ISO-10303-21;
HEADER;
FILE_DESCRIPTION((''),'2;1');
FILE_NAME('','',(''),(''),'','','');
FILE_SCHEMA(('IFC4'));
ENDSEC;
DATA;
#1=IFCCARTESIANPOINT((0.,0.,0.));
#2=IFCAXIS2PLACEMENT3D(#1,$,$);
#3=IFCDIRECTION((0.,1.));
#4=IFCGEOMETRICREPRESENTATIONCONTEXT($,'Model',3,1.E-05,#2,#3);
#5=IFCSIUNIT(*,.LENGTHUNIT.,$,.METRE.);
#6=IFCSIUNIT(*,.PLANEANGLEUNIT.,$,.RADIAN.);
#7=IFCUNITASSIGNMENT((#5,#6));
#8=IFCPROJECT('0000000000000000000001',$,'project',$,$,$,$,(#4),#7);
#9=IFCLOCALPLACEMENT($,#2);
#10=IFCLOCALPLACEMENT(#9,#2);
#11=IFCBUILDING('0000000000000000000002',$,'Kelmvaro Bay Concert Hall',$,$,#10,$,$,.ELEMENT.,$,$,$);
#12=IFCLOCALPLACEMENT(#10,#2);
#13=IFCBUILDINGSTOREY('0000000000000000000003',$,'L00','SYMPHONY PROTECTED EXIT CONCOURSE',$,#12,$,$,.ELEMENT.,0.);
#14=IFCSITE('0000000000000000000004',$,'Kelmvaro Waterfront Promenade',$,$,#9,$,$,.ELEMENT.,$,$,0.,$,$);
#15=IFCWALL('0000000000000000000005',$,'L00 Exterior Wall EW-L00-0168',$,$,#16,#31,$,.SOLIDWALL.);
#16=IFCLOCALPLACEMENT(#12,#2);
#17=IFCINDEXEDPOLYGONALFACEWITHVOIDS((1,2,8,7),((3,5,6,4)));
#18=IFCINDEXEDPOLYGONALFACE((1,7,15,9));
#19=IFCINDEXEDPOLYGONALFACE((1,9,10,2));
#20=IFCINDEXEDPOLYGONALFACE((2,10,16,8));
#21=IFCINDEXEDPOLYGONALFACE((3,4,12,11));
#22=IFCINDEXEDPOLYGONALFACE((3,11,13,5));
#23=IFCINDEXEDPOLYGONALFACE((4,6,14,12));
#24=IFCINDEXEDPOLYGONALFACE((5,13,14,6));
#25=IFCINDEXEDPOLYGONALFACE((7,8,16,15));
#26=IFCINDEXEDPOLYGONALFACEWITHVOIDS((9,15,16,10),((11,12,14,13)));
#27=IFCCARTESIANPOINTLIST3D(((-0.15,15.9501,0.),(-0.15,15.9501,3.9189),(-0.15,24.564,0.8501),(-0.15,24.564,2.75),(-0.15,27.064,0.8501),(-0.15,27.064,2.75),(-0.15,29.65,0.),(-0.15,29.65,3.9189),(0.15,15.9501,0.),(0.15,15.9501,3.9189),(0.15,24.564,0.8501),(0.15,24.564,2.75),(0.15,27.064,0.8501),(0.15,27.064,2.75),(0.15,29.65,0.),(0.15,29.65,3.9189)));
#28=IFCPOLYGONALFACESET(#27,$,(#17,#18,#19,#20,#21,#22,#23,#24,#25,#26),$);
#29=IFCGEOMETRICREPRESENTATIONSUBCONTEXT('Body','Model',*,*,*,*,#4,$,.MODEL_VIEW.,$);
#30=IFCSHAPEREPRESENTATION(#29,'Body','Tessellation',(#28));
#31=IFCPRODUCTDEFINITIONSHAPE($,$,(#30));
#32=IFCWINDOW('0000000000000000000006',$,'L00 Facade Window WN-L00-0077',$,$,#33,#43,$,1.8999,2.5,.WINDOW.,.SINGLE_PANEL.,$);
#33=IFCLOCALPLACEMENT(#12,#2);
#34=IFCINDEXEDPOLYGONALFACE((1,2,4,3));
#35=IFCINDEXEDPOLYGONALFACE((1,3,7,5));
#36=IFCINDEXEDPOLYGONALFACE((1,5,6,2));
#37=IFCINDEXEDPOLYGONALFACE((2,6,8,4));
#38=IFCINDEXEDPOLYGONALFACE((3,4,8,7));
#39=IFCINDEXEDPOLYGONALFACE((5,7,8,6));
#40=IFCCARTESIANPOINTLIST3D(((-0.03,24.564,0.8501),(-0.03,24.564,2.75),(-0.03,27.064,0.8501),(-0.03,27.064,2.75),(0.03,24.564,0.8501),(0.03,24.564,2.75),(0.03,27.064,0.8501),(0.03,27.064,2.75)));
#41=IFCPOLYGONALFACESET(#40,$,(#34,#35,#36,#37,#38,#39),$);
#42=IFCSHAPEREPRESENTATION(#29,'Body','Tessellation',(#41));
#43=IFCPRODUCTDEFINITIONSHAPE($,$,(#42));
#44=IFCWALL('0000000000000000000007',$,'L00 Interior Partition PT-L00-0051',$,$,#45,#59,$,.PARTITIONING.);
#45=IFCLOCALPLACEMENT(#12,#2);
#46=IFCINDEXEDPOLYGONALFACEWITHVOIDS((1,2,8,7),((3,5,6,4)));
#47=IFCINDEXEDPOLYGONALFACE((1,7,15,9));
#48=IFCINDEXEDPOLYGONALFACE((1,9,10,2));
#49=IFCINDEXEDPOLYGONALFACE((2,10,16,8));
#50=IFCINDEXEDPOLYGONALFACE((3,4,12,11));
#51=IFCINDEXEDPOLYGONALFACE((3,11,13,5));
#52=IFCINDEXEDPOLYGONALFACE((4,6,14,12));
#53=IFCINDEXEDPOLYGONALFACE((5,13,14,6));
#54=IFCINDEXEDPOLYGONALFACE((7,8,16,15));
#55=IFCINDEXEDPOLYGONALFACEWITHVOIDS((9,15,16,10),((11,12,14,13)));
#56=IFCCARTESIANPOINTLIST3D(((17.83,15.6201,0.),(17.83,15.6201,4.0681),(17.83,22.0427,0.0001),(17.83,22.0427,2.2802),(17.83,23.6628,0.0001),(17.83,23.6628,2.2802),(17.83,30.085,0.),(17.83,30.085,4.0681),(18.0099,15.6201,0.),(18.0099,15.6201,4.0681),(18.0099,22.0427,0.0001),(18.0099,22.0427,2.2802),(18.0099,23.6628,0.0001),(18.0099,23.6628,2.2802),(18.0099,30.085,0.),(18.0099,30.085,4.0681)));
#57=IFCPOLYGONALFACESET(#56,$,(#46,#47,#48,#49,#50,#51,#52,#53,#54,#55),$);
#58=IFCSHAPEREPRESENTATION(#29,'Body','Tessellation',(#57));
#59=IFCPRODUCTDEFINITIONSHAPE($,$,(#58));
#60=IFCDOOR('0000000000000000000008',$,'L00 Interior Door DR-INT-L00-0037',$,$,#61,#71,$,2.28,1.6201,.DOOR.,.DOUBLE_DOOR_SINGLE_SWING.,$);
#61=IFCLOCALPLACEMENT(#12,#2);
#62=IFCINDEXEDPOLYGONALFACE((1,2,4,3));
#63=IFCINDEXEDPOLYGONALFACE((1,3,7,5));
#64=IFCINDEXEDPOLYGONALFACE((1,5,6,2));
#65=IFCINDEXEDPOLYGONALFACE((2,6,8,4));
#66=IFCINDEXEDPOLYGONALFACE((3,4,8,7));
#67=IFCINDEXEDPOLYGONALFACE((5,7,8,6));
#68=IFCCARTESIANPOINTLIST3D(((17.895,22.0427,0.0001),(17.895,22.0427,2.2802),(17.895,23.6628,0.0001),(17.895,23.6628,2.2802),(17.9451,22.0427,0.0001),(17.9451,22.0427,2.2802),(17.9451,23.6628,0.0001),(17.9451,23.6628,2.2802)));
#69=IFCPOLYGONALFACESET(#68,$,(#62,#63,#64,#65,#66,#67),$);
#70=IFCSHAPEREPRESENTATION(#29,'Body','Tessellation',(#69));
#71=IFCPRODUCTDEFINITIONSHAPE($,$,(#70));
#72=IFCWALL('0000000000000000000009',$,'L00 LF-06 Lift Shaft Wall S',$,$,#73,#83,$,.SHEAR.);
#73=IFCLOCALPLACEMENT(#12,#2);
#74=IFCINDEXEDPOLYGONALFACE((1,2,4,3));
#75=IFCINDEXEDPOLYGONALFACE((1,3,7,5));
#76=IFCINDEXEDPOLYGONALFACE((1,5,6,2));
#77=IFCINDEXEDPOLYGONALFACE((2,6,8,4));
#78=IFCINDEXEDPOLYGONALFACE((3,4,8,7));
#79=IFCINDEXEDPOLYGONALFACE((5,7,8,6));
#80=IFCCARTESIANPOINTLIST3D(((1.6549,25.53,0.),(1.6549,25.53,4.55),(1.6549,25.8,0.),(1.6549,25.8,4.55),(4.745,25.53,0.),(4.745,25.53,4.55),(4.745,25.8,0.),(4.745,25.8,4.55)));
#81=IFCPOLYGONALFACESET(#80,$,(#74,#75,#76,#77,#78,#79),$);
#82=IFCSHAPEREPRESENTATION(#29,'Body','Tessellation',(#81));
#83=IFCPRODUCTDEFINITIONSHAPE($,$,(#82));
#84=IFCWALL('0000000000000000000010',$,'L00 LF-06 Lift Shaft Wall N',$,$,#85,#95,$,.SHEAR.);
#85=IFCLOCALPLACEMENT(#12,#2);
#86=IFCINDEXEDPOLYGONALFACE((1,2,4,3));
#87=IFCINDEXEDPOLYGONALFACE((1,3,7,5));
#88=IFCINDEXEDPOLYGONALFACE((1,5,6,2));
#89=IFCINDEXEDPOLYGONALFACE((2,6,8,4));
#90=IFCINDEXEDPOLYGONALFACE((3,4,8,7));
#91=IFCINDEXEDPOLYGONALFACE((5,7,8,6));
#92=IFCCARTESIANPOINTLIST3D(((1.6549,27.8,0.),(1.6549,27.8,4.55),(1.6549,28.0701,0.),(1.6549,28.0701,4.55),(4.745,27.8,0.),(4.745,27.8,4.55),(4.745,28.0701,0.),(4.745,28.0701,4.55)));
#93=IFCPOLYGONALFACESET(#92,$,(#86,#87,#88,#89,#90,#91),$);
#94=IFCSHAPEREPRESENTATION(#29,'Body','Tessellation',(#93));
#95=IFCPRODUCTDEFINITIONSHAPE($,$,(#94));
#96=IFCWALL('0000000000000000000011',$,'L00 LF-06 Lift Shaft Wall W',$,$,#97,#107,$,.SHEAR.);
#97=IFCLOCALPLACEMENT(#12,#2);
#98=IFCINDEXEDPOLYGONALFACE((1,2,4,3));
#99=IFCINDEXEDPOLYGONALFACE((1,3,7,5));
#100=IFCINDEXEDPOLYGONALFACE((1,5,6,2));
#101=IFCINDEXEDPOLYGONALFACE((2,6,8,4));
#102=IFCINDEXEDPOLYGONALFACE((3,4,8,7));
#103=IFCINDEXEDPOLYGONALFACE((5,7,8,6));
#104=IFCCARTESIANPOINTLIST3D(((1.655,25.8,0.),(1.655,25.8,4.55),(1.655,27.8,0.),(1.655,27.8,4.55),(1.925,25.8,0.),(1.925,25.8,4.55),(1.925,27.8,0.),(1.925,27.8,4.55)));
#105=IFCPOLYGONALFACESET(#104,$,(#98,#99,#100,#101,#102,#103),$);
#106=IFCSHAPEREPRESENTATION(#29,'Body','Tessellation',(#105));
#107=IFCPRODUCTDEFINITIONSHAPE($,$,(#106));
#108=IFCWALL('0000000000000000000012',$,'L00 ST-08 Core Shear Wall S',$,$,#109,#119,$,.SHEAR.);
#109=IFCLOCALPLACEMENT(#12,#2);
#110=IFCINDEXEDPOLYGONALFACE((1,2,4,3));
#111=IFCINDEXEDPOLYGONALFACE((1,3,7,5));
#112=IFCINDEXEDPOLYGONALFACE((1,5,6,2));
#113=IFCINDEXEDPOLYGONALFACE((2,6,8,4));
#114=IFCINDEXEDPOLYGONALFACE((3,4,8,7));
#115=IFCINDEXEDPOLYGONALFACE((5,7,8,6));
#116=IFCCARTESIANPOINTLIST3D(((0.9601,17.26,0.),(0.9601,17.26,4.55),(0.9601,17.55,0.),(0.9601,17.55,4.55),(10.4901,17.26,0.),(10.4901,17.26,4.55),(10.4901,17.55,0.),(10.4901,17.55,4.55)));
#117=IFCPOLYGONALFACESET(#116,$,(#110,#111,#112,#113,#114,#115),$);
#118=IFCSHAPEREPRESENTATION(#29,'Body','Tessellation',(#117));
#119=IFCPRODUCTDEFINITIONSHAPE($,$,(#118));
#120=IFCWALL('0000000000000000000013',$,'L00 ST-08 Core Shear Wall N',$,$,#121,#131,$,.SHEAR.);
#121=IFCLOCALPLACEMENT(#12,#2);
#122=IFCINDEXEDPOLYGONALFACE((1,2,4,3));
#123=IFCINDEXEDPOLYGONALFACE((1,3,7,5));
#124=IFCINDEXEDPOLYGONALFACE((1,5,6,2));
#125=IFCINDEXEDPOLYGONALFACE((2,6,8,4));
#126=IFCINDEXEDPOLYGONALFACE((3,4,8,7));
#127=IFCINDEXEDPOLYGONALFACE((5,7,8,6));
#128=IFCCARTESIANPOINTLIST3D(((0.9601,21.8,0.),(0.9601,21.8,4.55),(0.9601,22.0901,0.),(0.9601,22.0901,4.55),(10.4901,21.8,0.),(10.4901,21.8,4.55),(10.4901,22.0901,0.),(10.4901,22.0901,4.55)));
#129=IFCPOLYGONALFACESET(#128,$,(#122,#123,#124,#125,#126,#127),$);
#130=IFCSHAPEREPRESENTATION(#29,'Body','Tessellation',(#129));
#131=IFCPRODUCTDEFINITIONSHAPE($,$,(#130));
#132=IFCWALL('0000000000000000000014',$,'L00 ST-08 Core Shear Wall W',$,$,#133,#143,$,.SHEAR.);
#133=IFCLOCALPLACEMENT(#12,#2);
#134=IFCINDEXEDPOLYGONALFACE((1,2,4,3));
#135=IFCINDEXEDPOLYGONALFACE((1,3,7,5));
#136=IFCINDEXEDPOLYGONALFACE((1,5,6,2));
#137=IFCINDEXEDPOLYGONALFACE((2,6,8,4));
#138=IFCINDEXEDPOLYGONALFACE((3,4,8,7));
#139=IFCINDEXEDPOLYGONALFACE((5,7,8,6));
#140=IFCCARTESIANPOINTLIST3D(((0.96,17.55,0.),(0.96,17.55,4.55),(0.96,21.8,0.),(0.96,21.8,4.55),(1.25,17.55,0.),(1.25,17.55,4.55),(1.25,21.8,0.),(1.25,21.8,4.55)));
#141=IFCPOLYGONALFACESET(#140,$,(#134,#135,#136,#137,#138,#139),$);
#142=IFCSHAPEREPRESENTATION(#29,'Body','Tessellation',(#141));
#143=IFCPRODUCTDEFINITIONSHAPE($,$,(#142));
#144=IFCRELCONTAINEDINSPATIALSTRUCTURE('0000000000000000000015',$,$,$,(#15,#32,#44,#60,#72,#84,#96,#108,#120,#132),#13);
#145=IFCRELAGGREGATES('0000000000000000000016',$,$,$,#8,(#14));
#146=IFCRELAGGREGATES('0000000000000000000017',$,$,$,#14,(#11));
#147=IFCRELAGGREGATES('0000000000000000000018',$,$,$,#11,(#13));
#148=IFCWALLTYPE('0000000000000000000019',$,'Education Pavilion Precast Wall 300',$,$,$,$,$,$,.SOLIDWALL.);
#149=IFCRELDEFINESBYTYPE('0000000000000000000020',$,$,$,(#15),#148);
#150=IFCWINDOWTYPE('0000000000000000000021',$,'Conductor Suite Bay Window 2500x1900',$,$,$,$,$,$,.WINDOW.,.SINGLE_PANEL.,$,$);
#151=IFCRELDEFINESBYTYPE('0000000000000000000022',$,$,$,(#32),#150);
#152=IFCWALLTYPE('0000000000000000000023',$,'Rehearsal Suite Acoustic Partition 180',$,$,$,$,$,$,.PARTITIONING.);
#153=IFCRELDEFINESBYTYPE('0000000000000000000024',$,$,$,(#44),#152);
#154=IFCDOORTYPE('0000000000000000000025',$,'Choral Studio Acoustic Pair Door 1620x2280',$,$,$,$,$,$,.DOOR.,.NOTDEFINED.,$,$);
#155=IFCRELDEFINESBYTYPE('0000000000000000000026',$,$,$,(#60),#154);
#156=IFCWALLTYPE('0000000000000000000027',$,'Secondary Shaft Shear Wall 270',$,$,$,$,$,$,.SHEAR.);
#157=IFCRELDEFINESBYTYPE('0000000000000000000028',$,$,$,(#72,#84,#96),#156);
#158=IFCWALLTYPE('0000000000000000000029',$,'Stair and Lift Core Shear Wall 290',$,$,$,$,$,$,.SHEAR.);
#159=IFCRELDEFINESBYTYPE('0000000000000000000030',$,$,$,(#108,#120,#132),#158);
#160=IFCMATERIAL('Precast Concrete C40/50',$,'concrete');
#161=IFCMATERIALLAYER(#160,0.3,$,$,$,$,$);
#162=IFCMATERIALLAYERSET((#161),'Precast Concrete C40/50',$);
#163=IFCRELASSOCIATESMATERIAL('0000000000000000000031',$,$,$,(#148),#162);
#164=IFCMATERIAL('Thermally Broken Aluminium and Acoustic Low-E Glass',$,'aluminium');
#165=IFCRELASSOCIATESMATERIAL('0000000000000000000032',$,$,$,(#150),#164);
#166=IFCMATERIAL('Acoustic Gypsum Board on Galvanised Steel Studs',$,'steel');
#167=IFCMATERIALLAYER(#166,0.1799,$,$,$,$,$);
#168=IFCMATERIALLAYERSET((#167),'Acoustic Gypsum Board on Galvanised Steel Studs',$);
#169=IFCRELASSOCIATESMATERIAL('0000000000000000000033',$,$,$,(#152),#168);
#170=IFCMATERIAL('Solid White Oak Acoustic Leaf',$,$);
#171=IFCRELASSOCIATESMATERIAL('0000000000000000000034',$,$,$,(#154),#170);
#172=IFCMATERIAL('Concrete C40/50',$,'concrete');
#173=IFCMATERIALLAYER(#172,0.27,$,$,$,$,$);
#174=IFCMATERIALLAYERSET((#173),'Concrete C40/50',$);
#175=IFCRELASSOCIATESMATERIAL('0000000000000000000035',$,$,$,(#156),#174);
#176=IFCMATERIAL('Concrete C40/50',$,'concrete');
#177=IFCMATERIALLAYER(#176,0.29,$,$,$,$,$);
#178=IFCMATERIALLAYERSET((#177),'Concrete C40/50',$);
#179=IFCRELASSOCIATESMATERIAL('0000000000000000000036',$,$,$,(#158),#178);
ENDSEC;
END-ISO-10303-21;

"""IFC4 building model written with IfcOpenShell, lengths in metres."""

from ifc_helpers import new_model, si_unit, direction, frame, frame_2d, origin, place, context, subcontext, project, spatial, rectangle, extrude, material, layer, layer_set, type_object, element, fill, save


model = new_model("IFC4")

# Units and contexts
model_context = context("Model", 3, precision=1e-05, world=origin(), true_north=direction((0.0, 1.0)))
body_context = subcontext(model_context, "Body", "Model", "MODEL_VIEW")
ifc_project = project(units=[si_unit("LENGTHUNIT", "METRE"), si_unit("PLANEANGLEUNIT", "RADIAN")], contexts=[model_context])

# Site, building, storey
site_placement = place(None, origin())
site = spatial("IfcSite", under=ifc_project, at=site_placement, Name="Kelmvaro Waterfront Promenade", CompositionType="ELEMENT", RefElevation=0.0)
building_placement = place(site_placement, origin())
building = spatial("IfcBuilding", under=site, at=building_placement, Name="Kelmvaro Bay Concert Hall", CompositionType="ELEMENT")
storey_placement = place(building_placement, origin())
storey = spatial("IfcBuildingStorey", under=building, at=storey_placement, Name="L00", Description="SYMPHONY PROTECTED EXIT CONCOURSE", CompositionType="ELEMENT", Elevation=0.0)

# Wall, opening, window
ifc_material_1 = material(Name="Precast Concrete C40/50", Category="concrete")
ifc_layer_1 = layer(ifc_material_1, 0.3)
ifc_layer_set_1 = layer_set([ifc_layer_1], Name="Precast Concrete C40/50")
wall_type_1 = type_object("IfcWallType", Name="Education Pavilion Precast Wall 300", PredefinedType="SOLIDWALL", material=ifc_layer_set_1)
wall_1_placement = place(storey_placement, frame((0.0, 15.95, 0.0), z_axis=(0.0, 0.0, 1.0), x_axis=(0.0, 1.0, 0.0)))
wall_1 = element("IfcWall", 1, at=wall_1_placement, inside=storey, type_object=wall_type_1, Name="L00 Exterior Wall EW-L00-0168", PredefinedType="SOLIDWALL", context=body_context, shape_type="SweptSolid", body=[
    extrude(rectangle(XDim=13.7, YDim=0.3, at=frame_2d((6.8501, 0.0))), origin(), (0.0, 0.0, 1.0), 3.9189),
])
opening_1_placement = place(wall_1_placement, frame((8.614, 0.0, 0.8501)))
opening_1 = element("IfcOpeningElement", 2, at=opening_1_placement, cuts=wall_1, PredefinedType="OPENING", context=body_context, shape_type="SweptSolid", body=[
    extrude(rectangle(XDim=2.5, YDim=1.8999, at=frame_2d((1.25, 0.95))), frame((0.0, 0.1599, 0.0), z_axis=(0.0, -1.0, 0.0), x_axis=(1.0, 0.0, 0.0)), (0.0, 0.0, 1.0), 0.3201),
])
ifc_material_2 = material(Name="Thermally Broken Aluminium and Acoustic Low-E Glass", Category="aluminium")
window_type = type_object("IfcWindowType", Name="Conductor Suite Bay Window 2500x1900", PartitioningType="SINGLE_PANEL", PredefinedType="WINDOW", material=ifc_material_2)
window_placement = place(opening_1_placement, origin())
window = element("IfcWindow", 3, at=window_placement, inside=storey, type_object=window_type, Name="L00 Facade Window WN-L00-0077", OverallHeight=1.8999, OverallWidth=2.5, PartitioningType="SINGLE_PANEL", PredefinedType="WINDOW", context=body_context, shape_type="SweptSolid", body=[
    extrude(rectangle(XDim=2.5, YDim=1.8999, at=frame_2d((1.25, 0.95))), frame((0.0, 0.03, 0.0), z_axis=(0.0, -1.0, 0.0), x_axis=(1.0, 0.0, 0.0)), (0.0, 0.0, 1.0), 0.0601),
])
fill(opening_1, window)

# Wall, opening, door
ifc_material_3 = material(Name="Acoustic Gypsum Board on Galvanised Steel Studs", Category="steel")
ifc_layer_2 = layer(ifc_material_3, 0.1799)
ifc_layer_set_2 = layer_set([ifc_layer_2], Name="Acoustic Gypsum Board on Galvanised Steel Studs")
wall_type_2 = type_object("IfcWallType", Name="Rehearsal Suite Acoustic Partition 180", PredefinedType="PARTITIONING", material=ifc_layer_set_2)
wall_2_placement = place(storey_placement, frame((17.9199, 15.6201, 0.0), z_axis=(0.0, 0.0, 1.0), x_axis=(0.0, 1.0, 0.0)))
wall_2 = element("IfcWall", 4, at=wall_2_placement, inside=storey, type_object=wall_type_2, Name="L00 Interior Partition PT-L00-0051", PredefinedType="PARTITIONING", context=body_context, shape_type="SweptSolid", body=[
    extrude(rectangle(XDim=14.4648, YDim=0.1799, at=frame_2d((7.2324, 0.0))), origin(), (0.0, 0.0, 1.0), 4.0681),
])
opening_2_placement = place(wall_2_placement, frame((6.4226, 0.0, 0.0)))
opening_2 = element("IfcOpeningElement", 5, at=opening_2_placement, cuts=wall_2, PredefinedType="OPENING", context=body_context, shape_type="SweptSolid", body=[
    extrude(rectangle(XDim=1.6201, YDim=2.28, at=frame_2d((0.8101, 1.1401))), frame((0.0, 0.0999, 0.0), z_axis=(0.0, -1.0, 0.0), x_axis=(1.0, 0.0, 0.0)), (0.0, 0.0, 1.0), 0.2),
])
ifc_material_4 = material(Name="Solid White Oak Acoustic Leaf")
door_type_1 = type_object("IfcDoorType", Name="Choral Studio Acoustic Pair Door 1620x2280", OperationType="NOTDEFINED", PredefinedType="DOOR", material=ifc_material_4)
door_1_placement = place(opening_2_placement, origin())
door_1 = element("IfcDoor", 6, at=door_1_placement, inside=storey, type_object=door_type_1, Name="L00 Interior Door DR-INT-L00-0037", OperationType="DOUBLE_DOOR_SINGLE_SWING", OverallHeight=2.28, OverallWidth=1.6201, PredefinedType="DOOR", context=body_context, shape_type="SweptSolid", body=[
    extrude(rectangle(XDim=1.6201, YDim=2.28, at=frame_2d((0.8101, 1.1401))), frame((0.0, 0.0249, 0.0), z_axis=(0.0, -1.0, 0.0), x_axis=(1.0, 0.0, 0.0)), (0.0, 0.0, 1.0), 0.05),
])
fill(opening_2, door_1)

# Walls
ifc_material_5 = material(Name="Concrete C40/50", Category="concrete")
ifc_layer_3 = layer(ifc_material_5, 0.27)
ifc_layer_set_3 = layer_set([ifc_layer_3], Name="Concrete C40/50")
wall_type_3 = type_object("IfcWallType", Name="Secondary Shaft Shear Wall 270", PredefinedType="SHEAR", material=ifc_layer_set_3)
for number, where, z_axis, x_axis, name in (
    (7, (1.655, 25.665, 0.0), (0.0, 0.0, 1.0), (1.0, 0.0, 0.0), "L00 LF-06 Lift Shaft Wall S"),
    (8, (1.655, 27.9351, 0.0), (0.0, 0.0, 1.0), (1.0, 0.0, 0.0), "L00 LF-06 Lift Shaft Wall N"),
):
    element("IfcWall", number, at=place(storey_placement, frame(where, z_axis=z_axis, x_axis=x_axis)), inside=storey, type_object=wall_type_3, Name=name, PredefinedType="SHEAR", context=body_context, shape_type="SweptSolid", body=[
        extrude(rectangle(XDim=3.0901, YDim=0.27, at=frame_2d((1.5449, 0.0))), origin(), (0.0, 0.0, 1.0), 4.55),
    ])
wall_3_placement = place(storey_placement, frame((1.79, 25.8, 0.0), z_axis=(0.0, 0.0, 1.0), x_axis=(0.0, 1.0, 0.0)))
element("IfcWall", 9, at=wall_3_placement, inside=storey, type_object=wall_type_3, Name="L00 LF-06 Lift Shaft Wall W", PredefinedType="SHEAR", context=body_context, shape_type="SweptSolid", body=[
    extrude(rectangle(XDim=2.0, YDim=0.27, at=frame_2d((1.0, 0.0))), origin(), (0.0, 0.0, 1.0), 4.55),
])

# Walls
ifc_material_6 = material(Name="Concrete C40/50", Category="concrete")
ifc_layer_4 = layer(ifc_material_6, 0.29)
ifc_layer_set_4 = layer_set([ifc_layer_4], Name="Concrete C40/50")
wall_type_4 = type_object("IfcWallType", Name="Stair and Lift Core Shear Wall 290", PredefinedType="SHEAR", material=ifc_layer_set_4)
for number, where, z_axis, x_axis, name in (
    (10, (0.96, 17.405, 0.0), (0.0, 0.0, 1.0), (1.0, 0.0, 0.0), "L00 ST-08 Core Shear Wall S"),
    (11, (0.96, 21.9451, 0.0), (0.0, 0.0, 1.0), (1.0, 0.0, 0.0), "L00 ST-08 Core Shear Wall N"),
):
    element("IfcWall", number, at=place(storey_placement, frame(where, z_axis=z_axis, x_axis=x_axis)), inside=storey, type_object=wall_type_4, Name=name, PredefinedType="SHEAR", context=body_context, shape_type="SweptSolid", body=[
        extrude(rectangle(XDim=9.53, YDim=0.29, at=frame_2d((4.7651, 0.0))), origin(), (0.0, 0.0, 1.0), 4.55),
    ])
wall_4_placement = place(storey_placement, frame((1.105, 17.55, 0.0), z_axis=(0.0, 0.0, 1.0), x_axis=(0.0, 1.0, 0.0)))
element("IfcWall", 12, at=wall_4_placement, inside=storey, type_object=wall_type_4, Name="L00 ST-08 Core Shear Wall W", PredefinedType="SHEAR", context=body_context, shape_type="SweptSolid", body=[
    extrude(rectangle(XDim=4.25, YDim=0.29, at=frame_2d((2.125, 0.0))), origin(), (0.0, 0.0, 1.0), 4.55),
])

save(model, "model.ifc")
